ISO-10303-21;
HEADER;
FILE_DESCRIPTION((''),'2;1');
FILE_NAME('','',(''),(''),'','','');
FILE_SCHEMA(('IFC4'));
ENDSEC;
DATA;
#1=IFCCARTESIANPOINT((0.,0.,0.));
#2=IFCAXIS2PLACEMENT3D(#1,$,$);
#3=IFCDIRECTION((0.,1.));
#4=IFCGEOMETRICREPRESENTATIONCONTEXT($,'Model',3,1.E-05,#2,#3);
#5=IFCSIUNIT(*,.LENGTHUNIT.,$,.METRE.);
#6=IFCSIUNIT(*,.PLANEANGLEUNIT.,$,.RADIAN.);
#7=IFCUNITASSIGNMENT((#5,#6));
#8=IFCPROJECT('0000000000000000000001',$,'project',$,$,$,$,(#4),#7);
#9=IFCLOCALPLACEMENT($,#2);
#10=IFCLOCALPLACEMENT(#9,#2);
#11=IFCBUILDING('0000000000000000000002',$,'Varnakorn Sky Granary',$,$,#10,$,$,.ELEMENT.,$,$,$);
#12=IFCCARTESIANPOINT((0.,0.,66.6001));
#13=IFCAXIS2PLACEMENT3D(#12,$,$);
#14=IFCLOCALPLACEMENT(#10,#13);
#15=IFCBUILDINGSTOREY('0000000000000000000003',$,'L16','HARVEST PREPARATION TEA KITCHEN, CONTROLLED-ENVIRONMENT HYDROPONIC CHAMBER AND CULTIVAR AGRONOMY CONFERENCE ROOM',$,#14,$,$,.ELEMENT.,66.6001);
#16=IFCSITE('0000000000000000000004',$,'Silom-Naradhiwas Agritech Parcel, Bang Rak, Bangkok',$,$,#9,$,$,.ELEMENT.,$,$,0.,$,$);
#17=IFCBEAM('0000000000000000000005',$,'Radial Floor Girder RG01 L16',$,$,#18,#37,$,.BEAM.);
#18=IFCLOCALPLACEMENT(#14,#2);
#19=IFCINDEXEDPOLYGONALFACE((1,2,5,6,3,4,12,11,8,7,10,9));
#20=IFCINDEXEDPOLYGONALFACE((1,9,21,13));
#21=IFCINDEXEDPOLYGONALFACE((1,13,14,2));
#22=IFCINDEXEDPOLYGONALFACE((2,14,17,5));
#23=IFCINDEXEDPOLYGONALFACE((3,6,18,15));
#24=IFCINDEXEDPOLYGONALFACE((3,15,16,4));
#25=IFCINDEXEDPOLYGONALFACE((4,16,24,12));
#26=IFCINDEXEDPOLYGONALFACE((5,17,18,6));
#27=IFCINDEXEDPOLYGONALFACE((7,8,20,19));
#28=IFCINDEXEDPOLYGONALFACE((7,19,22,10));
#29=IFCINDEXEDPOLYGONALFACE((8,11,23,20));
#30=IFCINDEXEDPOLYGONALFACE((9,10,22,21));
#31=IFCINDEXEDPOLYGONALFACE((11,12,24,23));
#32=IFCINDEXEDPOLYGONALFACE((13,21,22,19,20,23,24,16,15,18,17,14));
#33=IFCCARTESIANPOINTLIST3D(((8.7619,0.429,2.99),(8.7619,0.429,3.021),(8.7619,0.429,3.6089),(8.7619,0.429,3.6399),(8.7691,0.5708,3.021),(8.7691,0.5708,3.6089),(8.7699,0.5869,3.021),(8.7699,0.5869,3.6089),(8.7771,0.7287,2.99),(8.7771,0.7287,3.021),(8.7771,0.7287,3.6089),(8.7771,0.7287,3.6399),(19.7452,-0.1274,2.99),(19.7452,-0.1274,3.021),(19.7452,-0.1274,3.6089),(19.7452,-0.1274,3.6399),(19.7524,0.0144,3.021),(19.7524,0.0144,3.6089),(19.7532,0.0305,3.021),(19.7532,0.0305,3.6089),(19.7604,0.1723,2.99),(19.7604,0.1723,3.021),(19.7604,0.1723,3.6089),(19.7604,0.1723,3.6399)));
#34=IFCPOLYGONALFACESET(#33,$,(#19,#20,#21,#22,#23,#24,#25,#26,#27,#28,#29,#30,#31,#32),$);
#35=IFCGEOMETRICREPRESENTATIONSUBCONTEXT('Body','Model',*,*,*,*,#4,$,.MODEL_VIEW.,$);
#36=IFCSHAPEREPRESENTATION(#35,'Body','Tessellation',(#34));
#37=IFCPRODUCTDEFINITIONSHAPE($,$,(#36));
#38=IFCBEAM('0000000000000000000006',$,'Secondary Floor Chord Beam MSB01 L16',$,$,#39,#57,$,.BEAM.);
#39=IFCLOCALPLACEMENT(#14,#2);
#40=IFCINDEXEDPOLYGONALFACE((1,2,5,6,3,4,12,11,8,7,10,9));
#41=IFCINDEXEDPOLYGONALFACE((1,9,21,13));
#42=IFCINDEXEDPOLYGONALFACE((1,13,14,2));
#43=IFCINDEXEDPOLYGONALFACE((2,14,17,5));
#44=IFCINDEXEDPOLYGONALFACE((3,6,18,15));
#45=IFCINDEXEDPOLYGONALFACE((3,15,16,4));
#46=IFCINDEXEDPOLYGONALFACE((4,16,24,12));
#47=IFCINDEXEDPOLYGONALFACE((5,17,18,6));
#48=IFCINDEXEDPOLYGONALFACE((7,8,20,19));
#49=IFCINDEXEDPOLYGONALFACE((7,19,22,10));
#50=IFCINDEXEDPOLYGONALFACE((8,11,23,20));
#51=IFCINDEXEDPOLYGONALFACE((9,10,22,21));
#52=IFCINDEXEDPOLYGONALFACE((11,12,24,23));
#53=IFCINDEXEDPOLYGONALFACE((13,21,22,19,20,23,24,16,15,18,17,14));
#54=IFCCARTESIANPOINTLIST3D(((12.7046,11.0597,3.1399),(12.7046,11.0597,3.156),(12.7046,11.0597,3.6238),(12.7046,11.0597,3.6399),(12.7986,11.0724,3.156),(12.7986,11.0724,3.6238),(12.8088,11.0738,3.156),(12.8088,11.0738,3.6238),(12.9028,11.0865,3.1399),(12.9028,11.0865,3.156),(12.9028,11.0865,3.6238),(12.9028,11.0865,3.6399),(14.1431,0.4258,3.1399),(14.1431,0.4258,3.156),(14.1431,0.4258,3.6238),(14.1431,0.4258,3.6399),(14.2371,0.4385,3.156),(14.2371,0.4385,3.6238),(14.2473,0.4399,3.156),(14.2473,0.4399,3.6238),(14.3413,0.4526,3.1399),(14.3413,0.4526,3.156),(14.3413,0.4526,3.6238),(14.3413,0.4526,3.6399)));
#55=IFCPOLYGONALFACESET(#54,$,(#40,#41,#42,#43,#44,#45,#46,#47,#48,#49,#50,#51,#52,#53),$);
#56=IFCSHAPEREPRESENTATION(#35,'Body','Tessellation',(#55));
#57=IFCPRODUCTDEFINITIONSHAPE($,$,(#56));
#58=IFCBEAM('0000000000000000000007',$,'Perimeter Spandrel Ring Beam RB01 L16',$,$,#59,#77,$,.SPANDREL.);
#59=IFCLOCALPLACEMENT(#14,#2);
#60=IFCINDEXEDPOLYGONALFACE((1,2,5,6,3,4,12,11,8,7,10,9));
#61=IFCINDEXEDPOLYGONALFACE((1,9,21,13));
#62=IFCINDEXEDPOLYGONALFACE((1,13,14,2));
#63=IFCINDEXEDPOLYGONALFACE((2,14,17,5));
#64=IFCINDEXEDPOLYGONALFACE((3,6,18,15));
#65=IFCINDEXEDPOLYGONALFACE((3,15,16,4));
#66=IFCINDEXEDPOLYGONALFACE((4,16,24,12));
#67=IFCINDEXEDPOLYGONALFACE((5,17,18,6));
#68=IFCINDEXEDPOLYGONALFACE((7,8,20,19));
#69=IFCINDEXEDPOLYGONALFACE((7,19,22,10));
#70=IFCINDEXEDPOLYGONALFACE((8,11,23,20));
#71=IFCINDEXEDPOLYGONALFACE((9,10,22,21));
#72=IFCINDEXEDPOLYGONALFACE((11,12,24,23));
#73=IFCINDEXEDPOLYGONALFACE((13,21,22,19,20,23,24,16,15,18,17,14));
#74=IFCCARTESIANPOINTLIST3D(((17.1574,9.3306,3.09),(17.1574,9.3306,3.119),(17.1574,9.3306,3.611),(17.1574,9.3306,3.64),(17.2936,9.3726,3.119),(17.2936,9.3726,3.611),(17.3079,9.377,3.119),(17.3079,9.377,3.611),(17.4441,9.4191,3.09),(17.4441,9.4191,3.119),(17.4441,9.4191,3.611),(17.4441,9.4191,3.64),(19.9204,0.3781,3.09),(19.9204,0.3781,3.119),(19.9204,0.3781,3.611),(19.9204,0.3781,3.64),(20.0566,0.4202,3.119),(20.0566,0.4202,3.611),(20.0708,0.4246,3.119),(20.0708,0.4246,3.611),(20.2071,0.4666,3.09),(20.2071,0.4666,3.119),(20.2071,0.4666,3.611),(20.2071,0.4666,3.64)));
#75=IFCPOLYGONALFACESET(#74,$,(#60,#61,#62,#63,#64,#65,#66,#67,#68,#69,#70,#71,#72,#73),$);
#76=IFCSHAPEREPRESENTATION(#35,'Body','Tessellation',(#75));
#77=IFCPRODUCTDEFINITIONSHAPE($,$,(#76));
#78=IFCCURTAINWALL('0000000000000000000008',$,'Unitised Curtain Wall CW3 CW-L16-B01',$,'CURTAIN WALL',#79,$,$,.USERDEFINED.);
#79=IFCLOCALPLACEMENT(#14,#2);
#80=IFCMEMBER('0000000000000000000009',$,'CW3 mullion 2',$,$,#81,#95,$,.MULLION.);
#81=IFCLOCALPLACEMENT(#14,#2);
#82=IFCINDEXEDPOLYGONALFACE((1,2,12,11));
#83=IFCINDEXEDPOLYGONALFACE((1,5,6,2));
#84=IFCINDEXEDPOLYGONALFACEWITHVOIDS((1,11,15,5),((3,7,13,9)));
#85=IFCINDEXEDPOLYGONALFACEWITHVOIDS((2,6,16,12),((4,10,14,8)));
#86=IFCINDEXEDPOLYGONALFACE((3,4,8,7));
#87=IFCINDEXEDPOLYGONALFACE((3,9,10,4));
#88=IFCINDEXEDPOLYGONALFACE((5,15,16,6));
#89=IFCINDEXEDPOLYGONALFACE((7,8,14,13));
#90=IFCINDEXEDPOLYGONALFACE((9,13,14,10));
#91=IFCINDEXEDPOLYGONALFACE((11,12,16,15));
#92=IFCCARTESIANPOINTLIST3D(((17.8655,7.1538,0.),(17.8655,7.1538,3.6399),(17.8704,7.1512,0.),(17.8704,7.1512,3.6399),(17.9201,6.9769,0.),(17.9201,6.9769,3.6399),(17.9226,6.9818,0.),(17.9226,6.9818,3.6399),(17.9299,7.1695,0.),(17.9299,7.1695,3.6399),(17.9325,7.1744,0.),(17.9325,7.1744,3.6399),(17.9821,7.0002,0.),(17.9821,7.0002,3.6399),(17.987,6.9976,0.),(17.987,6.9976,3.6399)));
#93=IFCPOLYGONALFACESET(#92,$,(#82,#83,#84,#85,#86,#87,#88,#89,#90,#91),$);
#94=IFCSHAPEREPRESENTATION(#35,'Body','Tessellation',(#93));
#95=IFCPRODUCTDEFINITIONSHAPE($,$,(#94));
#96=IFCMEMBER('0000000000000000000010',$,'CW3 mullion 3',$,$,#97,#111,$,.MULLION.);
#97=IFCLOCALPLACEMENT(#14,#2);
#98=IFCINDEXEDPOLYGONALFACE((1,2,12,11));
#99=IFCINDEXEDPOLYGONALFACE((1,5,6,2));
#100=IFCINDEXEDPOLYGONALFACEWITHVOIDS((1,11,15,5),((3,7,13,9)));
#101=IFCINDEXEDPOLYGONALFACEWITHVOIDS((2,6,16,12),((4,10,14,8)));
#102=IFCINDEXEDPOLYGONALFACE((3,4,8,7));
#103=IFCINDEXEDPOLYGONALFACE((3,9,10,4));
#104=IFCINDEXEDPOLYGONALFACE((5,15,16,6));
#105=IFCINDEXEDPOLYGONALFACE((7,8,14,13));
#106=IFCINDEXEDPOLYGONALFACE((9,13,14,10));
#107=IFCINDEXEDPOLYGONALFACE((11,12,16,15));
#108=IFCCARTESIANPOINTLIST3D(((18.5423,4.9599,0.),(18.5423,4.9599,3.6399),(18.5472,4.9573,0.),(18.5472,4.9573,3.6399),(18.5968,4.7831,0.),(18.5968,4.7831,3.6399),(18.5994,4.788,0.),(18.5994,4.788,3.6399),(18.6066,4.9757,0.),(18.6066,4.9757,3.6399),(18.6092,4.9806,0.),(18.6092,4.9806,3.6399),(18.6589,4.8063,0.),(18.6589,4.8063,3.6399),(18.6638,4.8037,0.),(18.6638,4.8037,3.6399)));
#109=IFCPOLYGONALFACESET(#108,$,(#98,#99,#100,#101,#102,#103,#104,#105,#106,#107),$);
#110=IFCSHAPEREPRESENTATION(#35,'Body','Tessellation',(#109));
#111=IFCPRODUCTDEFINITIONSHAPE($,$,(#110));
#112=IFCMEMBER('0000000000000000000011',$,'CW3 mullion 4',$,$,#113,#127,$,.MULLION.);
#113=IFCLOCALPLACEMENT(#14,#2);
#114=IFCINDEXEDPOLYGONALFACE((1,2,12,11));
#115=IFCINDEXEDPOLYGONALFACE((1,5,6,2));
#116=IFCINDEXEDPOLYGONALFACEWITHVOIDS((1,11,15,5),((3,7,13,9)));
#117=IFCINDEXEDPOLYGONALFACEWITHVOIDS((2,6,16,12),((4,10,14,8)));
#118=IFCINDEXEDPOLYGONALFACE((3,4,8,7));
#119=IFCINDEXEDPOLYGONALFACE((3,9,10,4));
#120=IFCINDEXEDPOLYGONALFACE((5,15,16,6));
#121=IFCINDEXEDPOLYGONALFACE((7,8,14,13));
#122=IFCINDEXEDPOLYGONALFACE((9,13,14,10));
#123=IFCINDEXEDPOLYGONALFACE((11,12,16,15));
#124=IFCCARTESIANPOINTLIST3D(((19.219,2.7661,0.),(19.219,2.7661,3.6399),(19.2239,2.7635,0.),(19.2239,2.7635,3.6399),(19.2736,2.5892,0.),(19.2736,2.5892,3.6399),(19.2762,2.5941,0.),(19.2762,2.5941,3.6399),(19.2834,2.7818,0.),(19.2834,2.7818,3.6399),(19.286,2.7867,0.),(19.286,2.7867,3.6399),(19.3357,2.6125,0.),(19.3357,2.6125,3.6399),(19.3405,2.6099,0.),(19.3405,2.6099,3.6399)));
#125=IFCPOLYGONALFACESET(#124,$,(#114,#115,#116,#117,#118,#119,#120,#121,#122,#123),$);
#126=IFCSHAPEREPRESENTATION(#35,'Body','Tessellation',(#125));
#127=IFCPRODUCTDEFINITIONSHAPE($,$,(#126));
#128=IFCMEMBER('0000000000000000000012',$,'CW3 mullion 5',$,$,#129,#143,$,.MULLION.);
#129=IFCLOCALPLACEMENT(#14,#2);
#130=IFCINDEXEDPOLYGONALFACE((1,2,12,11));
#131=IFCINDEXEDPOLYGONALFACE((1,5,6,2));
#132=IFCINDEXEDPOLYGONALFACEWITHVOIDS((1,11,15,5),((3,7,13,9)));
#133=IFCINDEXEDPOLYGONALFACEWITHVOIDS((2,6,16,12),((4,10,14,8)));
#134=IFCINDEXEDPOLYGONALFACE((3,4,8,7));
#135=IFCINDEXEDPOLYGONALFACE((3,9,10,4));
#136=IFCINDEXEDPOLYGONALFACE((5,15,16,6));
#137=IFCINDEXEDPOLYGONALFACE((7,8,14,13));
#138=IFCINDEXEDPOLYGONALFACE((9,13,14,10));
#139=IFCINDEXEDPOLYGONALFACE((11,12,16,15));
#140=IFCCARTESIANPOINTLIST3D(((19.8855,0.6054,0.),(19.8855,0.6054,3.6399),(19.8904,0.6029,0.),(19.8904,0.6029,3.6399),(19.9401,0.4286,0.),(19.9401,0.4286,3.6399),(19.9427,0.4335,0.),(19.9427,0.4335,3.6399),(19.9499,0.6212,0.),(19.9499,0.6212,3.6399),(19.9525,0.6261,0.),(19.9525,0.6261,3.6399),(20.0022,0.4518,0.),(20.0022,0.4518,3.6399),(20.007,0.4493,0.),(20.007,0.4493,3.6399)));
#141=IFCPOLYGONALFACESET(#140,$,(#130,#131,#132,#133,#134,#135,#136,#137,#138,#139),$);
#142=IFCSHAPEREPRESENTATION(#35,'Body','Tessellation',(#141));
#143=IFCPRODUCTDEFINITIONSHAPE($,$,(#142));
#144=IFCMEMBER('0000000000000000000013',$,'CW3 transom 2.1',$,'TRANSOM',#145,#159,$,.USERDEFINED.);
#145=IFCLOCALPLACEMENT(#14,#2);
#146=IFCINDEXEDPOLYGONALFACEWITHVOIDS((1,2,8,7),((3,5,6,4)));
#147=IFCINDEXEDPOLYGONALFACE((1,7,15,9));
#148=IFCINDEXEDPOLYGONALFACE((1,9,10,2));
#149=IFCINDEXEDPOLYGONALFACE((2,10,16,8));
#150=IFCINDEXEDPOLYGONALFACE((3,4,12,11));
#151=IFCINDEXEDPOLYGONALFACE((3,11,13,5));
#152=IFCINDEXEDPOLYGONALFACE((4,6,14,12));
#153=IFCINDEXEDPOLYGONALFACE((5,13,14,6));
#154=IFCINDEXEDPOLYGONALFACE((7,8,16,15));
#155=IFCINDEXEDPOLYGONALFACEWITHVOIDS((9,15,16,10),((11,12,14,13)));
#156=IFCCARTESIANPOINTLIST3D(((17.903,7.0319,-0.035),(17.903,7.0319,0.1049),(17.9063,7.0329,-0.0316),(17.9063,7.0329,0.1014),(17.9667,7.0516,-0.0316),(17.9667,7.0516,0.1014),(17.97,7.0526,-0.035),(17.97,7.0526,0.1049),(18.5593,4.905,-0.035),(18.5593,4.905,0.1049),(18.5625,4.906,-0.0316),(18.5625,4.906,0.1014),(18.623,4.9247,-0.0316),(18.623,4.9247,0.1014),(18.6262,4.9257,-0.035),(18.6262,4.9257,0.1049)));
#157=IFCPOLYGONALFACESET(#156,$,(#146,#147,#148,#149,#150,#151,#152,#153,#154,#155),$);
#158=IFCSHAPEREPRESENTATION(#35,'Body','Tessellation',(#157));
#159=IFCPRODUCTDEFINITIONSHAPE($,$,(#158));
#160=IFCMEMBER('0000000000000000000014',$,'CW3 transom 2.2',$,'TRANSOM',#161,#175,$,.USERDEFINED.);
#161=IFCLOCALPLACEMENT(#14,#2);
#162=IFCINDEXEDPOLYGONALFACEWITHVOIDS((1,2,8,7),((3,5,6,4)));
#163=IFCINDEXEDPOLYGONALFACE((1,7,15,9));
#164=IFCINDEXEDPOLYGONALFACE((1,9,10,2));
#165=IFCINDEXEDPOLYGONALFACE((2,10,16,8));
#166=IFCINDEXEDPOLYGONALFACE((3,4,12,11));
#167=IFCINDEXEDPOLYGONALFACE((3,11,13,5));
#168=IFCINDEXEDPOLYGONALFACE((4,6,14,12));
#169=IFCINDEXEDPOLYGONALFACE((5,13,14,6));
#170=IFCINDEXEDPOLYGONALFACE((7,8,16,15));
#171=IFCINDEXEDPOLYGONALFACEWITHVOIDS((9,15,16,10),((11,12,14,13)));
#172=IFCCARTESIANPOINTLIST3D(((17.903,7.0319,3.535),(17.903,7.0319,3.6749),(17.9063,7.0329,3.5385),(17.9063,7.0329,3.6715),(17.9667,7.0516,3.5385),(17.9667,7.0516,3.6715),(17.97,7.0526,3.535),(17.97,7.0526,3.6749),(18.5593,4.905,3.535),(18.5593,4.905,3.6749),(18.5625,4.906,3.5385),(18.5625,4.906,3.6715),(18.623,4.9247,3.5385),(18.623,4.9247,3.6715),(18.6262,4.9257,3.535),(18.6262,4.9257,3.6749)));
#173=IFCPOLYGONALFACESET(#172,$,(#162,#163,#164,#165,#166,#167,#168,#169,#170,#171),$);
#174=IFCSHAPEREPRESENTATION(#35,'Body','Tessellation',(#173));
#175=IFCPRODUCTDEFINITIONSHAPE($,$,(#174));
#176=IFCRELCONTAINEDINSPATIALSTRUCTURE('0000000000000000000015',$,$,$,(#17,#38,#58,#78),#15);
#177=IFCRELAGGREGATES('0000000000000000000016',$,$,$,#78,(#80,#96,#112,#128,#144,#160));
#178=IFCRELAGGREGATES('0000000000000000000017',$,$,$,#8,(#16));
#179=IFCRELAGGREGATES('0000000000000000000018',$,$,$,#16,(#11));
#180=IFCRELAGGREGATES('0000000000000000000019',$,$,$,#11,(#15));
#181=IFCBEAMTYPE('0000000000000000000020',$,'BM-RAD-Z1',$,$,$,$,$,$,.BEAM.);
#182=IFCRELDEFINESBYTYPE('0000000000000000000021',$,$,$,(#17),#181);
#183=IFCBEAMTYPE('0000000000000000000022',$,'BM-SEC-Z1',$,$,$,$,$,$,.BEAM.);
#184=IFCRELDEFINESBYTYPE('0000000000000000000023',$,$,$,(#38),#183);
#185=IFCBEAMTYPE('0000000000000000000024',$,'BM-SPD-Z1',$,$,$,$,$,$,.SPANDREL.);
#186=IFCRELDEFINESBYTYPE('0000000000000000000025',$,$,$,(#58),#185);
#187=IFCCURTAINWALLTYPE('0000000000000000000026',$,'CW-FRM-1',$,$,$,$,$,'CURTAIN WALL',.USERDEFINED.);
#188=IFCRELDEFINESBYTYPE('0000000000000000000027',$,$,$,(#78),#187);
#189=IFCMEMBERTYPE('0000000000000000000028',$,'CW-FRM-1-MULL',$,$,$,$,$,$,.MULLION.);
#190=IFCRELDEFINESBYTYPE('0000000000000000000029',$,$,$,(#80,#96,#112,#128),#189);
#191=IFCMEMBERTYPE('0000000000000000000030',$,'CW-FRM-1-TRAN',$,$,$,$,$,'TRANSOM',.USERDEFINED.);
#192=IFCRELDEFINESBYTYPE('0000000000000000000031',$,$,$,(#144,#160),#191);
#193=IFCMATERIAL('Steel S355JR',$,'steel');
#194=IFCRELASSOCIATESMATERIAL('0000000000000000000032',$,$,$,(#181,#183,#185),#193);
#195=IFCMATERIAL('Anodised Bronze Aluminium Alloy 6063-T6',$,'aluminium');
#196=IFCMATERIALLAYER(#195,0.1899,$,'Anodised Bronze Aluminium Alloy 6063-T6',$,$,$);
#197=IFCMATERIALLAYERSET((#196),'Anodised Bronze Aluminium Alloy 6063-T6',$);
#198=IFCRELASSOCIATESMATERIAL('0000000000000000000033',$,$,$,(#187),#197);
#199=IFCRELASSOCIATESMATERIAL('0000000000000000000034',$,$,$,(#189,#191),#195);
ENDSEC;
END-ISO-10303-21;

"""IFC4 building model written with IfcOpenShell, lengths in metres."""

from ifc_helpers import new_model, si_unit, direction, frame, origin, origin_2d, place, context, subcontext, project, spatial, hollow_rectangle, i_section, extrude, material, layer, layer_set, material_profile, profile_set, type_object, element, aggregate, save


model = new_model("IFC4")

# Units and contexts
model_context = context("Model", 3, precision=1e-05, world=origin(), true_north=direction((0.0, 1.0)))
body_context = subcontext(model_context, "Body", "Model", "MODEL_VIEW")
ifc_project = project(units=[si_unit("LENGTHUNIT", "METRE"), si_unit("PLANEANGLEUNIT", "RADIAN")], contexts=[model_context])

# Site, building, storey
site_placement = place(None, origin())
site = spatial("IfcSite", under=ifc_project, at=site_placement, Name="Silom-Naradhiwas Agritech Parcel, Bang Rak, Bangkok", CompositionType="ELEMENT", RefElevation=0.0)
building_placement = place(site_placement, origin())
building = spatial("IfcBuilding", under=site, at=building_placement, Name="Varnakorn Sky Granary", CompositionType="ELEMENT")
storey_placement = place(building_placement, frame((0.0, 0.0, 66.6001)))
storey = spatial("IfcBuildingStorey", under=building, at=storey_placement, Name="L16", Description="HARVEST PREPARATION TEA KITCHEN, CONTROLLED-ENVIRONMENT HYDROPONIC CHAMBER AND CULTIVAR AGRONOMY CONFERENCE ROOM", CompositionType="ELEMENT", Elevation=66.6001)

# Beams
ifc_material_1 = material(Name="Steel S355JR", Category="steel")
ifc_material_profile_1 = material_profile(ifc_material_1, i_section(OverallWidth=0.3, OverallDepth=0.6499, WebThickness=0.0161, FlangeThickness=0.031, at=origin_2d()), Name="HE 650 B")
ifc_profile_set_1 = profile_set([ifc_material_profile_1], Name="Steel S355JR")
beam_type_1 = type_object("IfcBeamType", Name="BM-RAD-Z1", PredefinedType="BEAM", material=ifc_profile_set_1)
beam_1_placement = place(storey_placement, frame((8.7695, 0.5789, 3.3149), z_axis=(0.998719, -0.050594, 0.0), x_axis=(0.050594, 0.998719, 0.0)))
element("IfcBeam", 1, at=beam_1_placement, inside=storey, type_object=beam_type_1, Name="Radial Floor Girder RG01 L16", PredefinedType="BEAM", context=body_context, shape_type="SweptSolid", body=[
    extrude(i_section(OverallWidth=0.3, OverallDepth=0.6499, WebThickness=0.0161, FlangeThickness=0.031, at=origin_2d()), origin(), (0.0, 0.0, 1.0), 10.9973),
])
ifc_material_profile_2 = material_profile(ifc_material_1, i_section(OverallWidth=0.2, OverallDepth=0.5, WebThickness=0.0103, FlangeThickness=0.0161, at=origin_2d()), Name="IPE 500")
ifc_profile_set_2 = profile_set([ifc_material_profile_2], Name="Steel S355JR")
beam_type_2 = type_object("IfcBeamType", Name="BM-SEC-Z1", PredefinedType="BEAM", material=ifc_profile_set_2)
beam_2_placement = place(storey_placement, frame((14.2422, 0.4392, 3.3899), z_axis=(-0.134053, 0.990974, 0.0), x_axis=(-0.990974, -0.134053, 0.0)))
element("IfcBeam", 2, at=beam_2_placement, inside=storey, type_object=beam_type_2, Name="Secondary Floor Chord Beam MSB01 L16", PredefinedType="BEAM", context=body_context, shape_type="SweptSolid", body=[
    extrude(i_section(OverallWidth=0.2, OverallDepth=0.5, WebThickness=0.0103, FlangeThickness=0.0161, at=origin_2d()), origin(), (0.0, 0.0, 1.0), 10.7307),
])
ifc_material_profile_3 = material_profile(ifc_material_1, i_section(OverallWidth=0.3, OverallDepth=0.55, WebThickness=0.0149, FlangeThickness=0.0291, at=origin_2d()), Name="HE 550 B")
ifc_profile_set_3 = profile_set([ifc_material_profile_3], Name="Steel S355JR")
beam_type_3 = type_object("IfcBeamType", Name="BM-SPD-Z1", PredefinedType="SPANDREL", material=ifc_profile_set_3)
beam_3_placement = place(storey_placement, frame((20.0637, 0.4224, 3.365), z_axis=(-0.294901, 0.955528, 0.0), x_axis=(-0.955528, -0.294901, 0.0)))
element("IfcBeam", 3, at=beam_3_placement, inside=storey, type_object=beam_type_3, Name="Perimeter Spandrel Ring Beam RB01 L16", PredefinedType="SPANDREL", context=body_context, shape_type="SweptSolid", body=[
    extrude(i_section(OverallWidth=0.3, OverallDepth=0.55, WebThickness=0.0149, FlangeThickness=0.0291, at=origin_2d()), origin(), (0.0, 0.0, 1.0), 9.3691),
])

# Curtain wall, members
ifc_material_2 = material(Name="Anodised Bronze Aluminium Alloy 6063-T6", Category="aluminium")
ifc_layer_1 = layer(ifc_material_2, 0.1899, Name="Anodised Bronze Aluminium Alloy 6063-T6")
ifc_layer_set_1 = layer_set([ifc_layer_1], Name="Anodised Bronze Aluminium Alloy 6063-T6")
curtain_wall_type = type_object("IfcCurtainWallType", Name="CW-FRM-1", ElementType="CURTAIN WALL", PredefinedType="USERDEFINED", material=ifc_layer_set_1)
curtain_wall_placement = place(storey_placement, origin())
curtain_wall = element("IfcCurtainWall", 4, at=curtain_wall_placement, inside=storey, type_object=curtain_wall_type, Name="Unitised Curtain Wall CW3 CW-L16-B01", ObjectType="CURTAIN WALL", PredefinedType="USERDEFINED")
ifc_material_profile_4 = material_profile(ifc_material_2, hollow_rectangle(XDim=0.0701, YDim=0.1851, WallThickness=0.0039, at=origin_2d()), Name="ALU MULL 70x185")
ifc_profile_set_4 = profile_set([ifc_material_profile_4], Name="Anodised Bronze Aluminium Alloy 6063-T6")
member_type_1 = type_object("IfcMemberType", Name="CW-FRM-1-MULL", PredefinedType="MULLION", material=ifc_profile_set_4)
member_1_placement = place(storey_placement, frame((17.9263, 7.0757, 0.0), z_axis=(0.0, 0.0, 1.0), x_axis=(0.955563, 0.294787, 0.0)))
member_1 = element("IfcMember", 5, at=member_1_placement, type_object=member_type_1, Name="CW3 mullion 2", PredefinedType="MULLION", context=body_context, shape_type="SweptSolid", body=[
    extrude(hollow_rectangle(XDim=0.0701, YDim=0.1851, WallThickness=0.0039, at=origin_2d()), origin(), (0.0, 0.0, 1.0), 3.6399),
])
member_2_placement = place(storey_placement, frame((18.603, 4.8818, 0.0), z_axis=(0.0, 0.0, 1.0), x_axis=(0.955563, 0.294787, 0.0)))
member_2 = element("IfcMember", 6, at=member_2_placement, type_object=member_type_1, Name="CW3 mullion 3", PredefinedType="MULLION", context=body_context, shape_type="SweptSolid", body=[
    extrude(hollow_rectangle(XDim=0.0701, YDim=0.1851, WallThickness=0.0039, at=origin_2d()), origin(), (0.0, 0.0, 1.0), 3.6399),
])
member_3_placement = place(storey_placement, frame((19.2798, 2.688, 0.0), z_axis=(0.0, 0.0, 1.0), x_axis=(0.955563, 0.294787, 0.0)))
member_3 = element("IfcMember", 7, at=member_3_placement, type_object=member_type_1, Name="CW3 mullion 4", PredefinedType="MULLION", context=body_context, shape_type="SweptSolid", body=[
    extrude(hollow_rectangle(XDim=0.0701, YDim=0.1851, WallThickness=0.0039, at=origin_2d()), origin(), (0.0, 0.0, 1.0), 3.6399),
])
member_4_placement = place(storey_placement, frame((19.9463, 0.5273, 0.0), z_axis=(0.0, 0.0, 1.0), x_axis=(0.955563, 0.294787, 0.0)))
member_4 = element("IfcMember", 8, at=member_4_placement, type_object=member_type_1, Name="CW3 mullion 5", PredefinedType="MULLION", context=body_context, shape_type="SweptSolid", body=[
    extrude(hollow_rectangle(XDim=0.0701, YDim=0.1851, WallThickness=0.0039, at=origin_2d()), origin(), (0.0, 0.0, 1.0), 3.6399),
])
ifc_material_profile_5 = material_profile(ifc_material_2, hollow_rectangle(XDim=0.0701, YDim=0.1399, WallThickness=0.0034, at=origin_2d()), Name="ALU TRAN 70x140")
ifc_profile_set_5 = profile_set([ifc_material_profile_5], Name="Anodised Bronze Aluminium Alloy 6063-T6")
member_type_2 = type_object("IfcMemberType", Name="CW-FRM-1-TRAN", ElementType="TRANSOM", PredefinedType="USERDEFINED", material=ifc_profile_set_5)
member_5_placement = place(storey_placement, frame((17.9365, 7.0422, 0.0349), z_axis=(0.294826, -0.955551, 0.0), x_axis=(0.955551, 0.294826, 0.0)))
member_5 = element("IfcMember", 9, at=member_5_placement, type_object=member_type_2, Name="CW3 transom 2.1", ObjectType="TRANSOM", PredefinedType="USERDEFINED", context=body_context, shape_type="SweptSolid", body=[
    extrude(hollow_rectangle(XDim=0.0701, YDim=0.1399, WallThickness=0.0034, at=origin_2d()), origin(), (0.0, 0.0, 1.0), 2.2258),
])
member_6_placement = place(storey_placement, frame((17.9365, 7.0422, 3.605), z_axis=(0.294826, -0.955551, 0.0), x_axis=(0.955551, 0.294826, 0.0)))
member_6 = element("IfcMember", 10, at=member_6_placement, type_object=member_type_2, Name="CW3 transom 2.2", ObjectType="TRANSOM", PredefinedType="USERDEFINED", context=body_context, shape_type="SweptSolid", body=[
    extrude(hollow_rectangle(XDim=0.0701, YDim=0.1399, WallThickness=0.0034, at=origin_2d()), origin(), (0.0, 0.0, 1.0), 2.2258),
])

aggregate(curtain_wall, [member_1, member_2, member_3, member_4, member_5, member_6])

save(model, "model.ifc")
